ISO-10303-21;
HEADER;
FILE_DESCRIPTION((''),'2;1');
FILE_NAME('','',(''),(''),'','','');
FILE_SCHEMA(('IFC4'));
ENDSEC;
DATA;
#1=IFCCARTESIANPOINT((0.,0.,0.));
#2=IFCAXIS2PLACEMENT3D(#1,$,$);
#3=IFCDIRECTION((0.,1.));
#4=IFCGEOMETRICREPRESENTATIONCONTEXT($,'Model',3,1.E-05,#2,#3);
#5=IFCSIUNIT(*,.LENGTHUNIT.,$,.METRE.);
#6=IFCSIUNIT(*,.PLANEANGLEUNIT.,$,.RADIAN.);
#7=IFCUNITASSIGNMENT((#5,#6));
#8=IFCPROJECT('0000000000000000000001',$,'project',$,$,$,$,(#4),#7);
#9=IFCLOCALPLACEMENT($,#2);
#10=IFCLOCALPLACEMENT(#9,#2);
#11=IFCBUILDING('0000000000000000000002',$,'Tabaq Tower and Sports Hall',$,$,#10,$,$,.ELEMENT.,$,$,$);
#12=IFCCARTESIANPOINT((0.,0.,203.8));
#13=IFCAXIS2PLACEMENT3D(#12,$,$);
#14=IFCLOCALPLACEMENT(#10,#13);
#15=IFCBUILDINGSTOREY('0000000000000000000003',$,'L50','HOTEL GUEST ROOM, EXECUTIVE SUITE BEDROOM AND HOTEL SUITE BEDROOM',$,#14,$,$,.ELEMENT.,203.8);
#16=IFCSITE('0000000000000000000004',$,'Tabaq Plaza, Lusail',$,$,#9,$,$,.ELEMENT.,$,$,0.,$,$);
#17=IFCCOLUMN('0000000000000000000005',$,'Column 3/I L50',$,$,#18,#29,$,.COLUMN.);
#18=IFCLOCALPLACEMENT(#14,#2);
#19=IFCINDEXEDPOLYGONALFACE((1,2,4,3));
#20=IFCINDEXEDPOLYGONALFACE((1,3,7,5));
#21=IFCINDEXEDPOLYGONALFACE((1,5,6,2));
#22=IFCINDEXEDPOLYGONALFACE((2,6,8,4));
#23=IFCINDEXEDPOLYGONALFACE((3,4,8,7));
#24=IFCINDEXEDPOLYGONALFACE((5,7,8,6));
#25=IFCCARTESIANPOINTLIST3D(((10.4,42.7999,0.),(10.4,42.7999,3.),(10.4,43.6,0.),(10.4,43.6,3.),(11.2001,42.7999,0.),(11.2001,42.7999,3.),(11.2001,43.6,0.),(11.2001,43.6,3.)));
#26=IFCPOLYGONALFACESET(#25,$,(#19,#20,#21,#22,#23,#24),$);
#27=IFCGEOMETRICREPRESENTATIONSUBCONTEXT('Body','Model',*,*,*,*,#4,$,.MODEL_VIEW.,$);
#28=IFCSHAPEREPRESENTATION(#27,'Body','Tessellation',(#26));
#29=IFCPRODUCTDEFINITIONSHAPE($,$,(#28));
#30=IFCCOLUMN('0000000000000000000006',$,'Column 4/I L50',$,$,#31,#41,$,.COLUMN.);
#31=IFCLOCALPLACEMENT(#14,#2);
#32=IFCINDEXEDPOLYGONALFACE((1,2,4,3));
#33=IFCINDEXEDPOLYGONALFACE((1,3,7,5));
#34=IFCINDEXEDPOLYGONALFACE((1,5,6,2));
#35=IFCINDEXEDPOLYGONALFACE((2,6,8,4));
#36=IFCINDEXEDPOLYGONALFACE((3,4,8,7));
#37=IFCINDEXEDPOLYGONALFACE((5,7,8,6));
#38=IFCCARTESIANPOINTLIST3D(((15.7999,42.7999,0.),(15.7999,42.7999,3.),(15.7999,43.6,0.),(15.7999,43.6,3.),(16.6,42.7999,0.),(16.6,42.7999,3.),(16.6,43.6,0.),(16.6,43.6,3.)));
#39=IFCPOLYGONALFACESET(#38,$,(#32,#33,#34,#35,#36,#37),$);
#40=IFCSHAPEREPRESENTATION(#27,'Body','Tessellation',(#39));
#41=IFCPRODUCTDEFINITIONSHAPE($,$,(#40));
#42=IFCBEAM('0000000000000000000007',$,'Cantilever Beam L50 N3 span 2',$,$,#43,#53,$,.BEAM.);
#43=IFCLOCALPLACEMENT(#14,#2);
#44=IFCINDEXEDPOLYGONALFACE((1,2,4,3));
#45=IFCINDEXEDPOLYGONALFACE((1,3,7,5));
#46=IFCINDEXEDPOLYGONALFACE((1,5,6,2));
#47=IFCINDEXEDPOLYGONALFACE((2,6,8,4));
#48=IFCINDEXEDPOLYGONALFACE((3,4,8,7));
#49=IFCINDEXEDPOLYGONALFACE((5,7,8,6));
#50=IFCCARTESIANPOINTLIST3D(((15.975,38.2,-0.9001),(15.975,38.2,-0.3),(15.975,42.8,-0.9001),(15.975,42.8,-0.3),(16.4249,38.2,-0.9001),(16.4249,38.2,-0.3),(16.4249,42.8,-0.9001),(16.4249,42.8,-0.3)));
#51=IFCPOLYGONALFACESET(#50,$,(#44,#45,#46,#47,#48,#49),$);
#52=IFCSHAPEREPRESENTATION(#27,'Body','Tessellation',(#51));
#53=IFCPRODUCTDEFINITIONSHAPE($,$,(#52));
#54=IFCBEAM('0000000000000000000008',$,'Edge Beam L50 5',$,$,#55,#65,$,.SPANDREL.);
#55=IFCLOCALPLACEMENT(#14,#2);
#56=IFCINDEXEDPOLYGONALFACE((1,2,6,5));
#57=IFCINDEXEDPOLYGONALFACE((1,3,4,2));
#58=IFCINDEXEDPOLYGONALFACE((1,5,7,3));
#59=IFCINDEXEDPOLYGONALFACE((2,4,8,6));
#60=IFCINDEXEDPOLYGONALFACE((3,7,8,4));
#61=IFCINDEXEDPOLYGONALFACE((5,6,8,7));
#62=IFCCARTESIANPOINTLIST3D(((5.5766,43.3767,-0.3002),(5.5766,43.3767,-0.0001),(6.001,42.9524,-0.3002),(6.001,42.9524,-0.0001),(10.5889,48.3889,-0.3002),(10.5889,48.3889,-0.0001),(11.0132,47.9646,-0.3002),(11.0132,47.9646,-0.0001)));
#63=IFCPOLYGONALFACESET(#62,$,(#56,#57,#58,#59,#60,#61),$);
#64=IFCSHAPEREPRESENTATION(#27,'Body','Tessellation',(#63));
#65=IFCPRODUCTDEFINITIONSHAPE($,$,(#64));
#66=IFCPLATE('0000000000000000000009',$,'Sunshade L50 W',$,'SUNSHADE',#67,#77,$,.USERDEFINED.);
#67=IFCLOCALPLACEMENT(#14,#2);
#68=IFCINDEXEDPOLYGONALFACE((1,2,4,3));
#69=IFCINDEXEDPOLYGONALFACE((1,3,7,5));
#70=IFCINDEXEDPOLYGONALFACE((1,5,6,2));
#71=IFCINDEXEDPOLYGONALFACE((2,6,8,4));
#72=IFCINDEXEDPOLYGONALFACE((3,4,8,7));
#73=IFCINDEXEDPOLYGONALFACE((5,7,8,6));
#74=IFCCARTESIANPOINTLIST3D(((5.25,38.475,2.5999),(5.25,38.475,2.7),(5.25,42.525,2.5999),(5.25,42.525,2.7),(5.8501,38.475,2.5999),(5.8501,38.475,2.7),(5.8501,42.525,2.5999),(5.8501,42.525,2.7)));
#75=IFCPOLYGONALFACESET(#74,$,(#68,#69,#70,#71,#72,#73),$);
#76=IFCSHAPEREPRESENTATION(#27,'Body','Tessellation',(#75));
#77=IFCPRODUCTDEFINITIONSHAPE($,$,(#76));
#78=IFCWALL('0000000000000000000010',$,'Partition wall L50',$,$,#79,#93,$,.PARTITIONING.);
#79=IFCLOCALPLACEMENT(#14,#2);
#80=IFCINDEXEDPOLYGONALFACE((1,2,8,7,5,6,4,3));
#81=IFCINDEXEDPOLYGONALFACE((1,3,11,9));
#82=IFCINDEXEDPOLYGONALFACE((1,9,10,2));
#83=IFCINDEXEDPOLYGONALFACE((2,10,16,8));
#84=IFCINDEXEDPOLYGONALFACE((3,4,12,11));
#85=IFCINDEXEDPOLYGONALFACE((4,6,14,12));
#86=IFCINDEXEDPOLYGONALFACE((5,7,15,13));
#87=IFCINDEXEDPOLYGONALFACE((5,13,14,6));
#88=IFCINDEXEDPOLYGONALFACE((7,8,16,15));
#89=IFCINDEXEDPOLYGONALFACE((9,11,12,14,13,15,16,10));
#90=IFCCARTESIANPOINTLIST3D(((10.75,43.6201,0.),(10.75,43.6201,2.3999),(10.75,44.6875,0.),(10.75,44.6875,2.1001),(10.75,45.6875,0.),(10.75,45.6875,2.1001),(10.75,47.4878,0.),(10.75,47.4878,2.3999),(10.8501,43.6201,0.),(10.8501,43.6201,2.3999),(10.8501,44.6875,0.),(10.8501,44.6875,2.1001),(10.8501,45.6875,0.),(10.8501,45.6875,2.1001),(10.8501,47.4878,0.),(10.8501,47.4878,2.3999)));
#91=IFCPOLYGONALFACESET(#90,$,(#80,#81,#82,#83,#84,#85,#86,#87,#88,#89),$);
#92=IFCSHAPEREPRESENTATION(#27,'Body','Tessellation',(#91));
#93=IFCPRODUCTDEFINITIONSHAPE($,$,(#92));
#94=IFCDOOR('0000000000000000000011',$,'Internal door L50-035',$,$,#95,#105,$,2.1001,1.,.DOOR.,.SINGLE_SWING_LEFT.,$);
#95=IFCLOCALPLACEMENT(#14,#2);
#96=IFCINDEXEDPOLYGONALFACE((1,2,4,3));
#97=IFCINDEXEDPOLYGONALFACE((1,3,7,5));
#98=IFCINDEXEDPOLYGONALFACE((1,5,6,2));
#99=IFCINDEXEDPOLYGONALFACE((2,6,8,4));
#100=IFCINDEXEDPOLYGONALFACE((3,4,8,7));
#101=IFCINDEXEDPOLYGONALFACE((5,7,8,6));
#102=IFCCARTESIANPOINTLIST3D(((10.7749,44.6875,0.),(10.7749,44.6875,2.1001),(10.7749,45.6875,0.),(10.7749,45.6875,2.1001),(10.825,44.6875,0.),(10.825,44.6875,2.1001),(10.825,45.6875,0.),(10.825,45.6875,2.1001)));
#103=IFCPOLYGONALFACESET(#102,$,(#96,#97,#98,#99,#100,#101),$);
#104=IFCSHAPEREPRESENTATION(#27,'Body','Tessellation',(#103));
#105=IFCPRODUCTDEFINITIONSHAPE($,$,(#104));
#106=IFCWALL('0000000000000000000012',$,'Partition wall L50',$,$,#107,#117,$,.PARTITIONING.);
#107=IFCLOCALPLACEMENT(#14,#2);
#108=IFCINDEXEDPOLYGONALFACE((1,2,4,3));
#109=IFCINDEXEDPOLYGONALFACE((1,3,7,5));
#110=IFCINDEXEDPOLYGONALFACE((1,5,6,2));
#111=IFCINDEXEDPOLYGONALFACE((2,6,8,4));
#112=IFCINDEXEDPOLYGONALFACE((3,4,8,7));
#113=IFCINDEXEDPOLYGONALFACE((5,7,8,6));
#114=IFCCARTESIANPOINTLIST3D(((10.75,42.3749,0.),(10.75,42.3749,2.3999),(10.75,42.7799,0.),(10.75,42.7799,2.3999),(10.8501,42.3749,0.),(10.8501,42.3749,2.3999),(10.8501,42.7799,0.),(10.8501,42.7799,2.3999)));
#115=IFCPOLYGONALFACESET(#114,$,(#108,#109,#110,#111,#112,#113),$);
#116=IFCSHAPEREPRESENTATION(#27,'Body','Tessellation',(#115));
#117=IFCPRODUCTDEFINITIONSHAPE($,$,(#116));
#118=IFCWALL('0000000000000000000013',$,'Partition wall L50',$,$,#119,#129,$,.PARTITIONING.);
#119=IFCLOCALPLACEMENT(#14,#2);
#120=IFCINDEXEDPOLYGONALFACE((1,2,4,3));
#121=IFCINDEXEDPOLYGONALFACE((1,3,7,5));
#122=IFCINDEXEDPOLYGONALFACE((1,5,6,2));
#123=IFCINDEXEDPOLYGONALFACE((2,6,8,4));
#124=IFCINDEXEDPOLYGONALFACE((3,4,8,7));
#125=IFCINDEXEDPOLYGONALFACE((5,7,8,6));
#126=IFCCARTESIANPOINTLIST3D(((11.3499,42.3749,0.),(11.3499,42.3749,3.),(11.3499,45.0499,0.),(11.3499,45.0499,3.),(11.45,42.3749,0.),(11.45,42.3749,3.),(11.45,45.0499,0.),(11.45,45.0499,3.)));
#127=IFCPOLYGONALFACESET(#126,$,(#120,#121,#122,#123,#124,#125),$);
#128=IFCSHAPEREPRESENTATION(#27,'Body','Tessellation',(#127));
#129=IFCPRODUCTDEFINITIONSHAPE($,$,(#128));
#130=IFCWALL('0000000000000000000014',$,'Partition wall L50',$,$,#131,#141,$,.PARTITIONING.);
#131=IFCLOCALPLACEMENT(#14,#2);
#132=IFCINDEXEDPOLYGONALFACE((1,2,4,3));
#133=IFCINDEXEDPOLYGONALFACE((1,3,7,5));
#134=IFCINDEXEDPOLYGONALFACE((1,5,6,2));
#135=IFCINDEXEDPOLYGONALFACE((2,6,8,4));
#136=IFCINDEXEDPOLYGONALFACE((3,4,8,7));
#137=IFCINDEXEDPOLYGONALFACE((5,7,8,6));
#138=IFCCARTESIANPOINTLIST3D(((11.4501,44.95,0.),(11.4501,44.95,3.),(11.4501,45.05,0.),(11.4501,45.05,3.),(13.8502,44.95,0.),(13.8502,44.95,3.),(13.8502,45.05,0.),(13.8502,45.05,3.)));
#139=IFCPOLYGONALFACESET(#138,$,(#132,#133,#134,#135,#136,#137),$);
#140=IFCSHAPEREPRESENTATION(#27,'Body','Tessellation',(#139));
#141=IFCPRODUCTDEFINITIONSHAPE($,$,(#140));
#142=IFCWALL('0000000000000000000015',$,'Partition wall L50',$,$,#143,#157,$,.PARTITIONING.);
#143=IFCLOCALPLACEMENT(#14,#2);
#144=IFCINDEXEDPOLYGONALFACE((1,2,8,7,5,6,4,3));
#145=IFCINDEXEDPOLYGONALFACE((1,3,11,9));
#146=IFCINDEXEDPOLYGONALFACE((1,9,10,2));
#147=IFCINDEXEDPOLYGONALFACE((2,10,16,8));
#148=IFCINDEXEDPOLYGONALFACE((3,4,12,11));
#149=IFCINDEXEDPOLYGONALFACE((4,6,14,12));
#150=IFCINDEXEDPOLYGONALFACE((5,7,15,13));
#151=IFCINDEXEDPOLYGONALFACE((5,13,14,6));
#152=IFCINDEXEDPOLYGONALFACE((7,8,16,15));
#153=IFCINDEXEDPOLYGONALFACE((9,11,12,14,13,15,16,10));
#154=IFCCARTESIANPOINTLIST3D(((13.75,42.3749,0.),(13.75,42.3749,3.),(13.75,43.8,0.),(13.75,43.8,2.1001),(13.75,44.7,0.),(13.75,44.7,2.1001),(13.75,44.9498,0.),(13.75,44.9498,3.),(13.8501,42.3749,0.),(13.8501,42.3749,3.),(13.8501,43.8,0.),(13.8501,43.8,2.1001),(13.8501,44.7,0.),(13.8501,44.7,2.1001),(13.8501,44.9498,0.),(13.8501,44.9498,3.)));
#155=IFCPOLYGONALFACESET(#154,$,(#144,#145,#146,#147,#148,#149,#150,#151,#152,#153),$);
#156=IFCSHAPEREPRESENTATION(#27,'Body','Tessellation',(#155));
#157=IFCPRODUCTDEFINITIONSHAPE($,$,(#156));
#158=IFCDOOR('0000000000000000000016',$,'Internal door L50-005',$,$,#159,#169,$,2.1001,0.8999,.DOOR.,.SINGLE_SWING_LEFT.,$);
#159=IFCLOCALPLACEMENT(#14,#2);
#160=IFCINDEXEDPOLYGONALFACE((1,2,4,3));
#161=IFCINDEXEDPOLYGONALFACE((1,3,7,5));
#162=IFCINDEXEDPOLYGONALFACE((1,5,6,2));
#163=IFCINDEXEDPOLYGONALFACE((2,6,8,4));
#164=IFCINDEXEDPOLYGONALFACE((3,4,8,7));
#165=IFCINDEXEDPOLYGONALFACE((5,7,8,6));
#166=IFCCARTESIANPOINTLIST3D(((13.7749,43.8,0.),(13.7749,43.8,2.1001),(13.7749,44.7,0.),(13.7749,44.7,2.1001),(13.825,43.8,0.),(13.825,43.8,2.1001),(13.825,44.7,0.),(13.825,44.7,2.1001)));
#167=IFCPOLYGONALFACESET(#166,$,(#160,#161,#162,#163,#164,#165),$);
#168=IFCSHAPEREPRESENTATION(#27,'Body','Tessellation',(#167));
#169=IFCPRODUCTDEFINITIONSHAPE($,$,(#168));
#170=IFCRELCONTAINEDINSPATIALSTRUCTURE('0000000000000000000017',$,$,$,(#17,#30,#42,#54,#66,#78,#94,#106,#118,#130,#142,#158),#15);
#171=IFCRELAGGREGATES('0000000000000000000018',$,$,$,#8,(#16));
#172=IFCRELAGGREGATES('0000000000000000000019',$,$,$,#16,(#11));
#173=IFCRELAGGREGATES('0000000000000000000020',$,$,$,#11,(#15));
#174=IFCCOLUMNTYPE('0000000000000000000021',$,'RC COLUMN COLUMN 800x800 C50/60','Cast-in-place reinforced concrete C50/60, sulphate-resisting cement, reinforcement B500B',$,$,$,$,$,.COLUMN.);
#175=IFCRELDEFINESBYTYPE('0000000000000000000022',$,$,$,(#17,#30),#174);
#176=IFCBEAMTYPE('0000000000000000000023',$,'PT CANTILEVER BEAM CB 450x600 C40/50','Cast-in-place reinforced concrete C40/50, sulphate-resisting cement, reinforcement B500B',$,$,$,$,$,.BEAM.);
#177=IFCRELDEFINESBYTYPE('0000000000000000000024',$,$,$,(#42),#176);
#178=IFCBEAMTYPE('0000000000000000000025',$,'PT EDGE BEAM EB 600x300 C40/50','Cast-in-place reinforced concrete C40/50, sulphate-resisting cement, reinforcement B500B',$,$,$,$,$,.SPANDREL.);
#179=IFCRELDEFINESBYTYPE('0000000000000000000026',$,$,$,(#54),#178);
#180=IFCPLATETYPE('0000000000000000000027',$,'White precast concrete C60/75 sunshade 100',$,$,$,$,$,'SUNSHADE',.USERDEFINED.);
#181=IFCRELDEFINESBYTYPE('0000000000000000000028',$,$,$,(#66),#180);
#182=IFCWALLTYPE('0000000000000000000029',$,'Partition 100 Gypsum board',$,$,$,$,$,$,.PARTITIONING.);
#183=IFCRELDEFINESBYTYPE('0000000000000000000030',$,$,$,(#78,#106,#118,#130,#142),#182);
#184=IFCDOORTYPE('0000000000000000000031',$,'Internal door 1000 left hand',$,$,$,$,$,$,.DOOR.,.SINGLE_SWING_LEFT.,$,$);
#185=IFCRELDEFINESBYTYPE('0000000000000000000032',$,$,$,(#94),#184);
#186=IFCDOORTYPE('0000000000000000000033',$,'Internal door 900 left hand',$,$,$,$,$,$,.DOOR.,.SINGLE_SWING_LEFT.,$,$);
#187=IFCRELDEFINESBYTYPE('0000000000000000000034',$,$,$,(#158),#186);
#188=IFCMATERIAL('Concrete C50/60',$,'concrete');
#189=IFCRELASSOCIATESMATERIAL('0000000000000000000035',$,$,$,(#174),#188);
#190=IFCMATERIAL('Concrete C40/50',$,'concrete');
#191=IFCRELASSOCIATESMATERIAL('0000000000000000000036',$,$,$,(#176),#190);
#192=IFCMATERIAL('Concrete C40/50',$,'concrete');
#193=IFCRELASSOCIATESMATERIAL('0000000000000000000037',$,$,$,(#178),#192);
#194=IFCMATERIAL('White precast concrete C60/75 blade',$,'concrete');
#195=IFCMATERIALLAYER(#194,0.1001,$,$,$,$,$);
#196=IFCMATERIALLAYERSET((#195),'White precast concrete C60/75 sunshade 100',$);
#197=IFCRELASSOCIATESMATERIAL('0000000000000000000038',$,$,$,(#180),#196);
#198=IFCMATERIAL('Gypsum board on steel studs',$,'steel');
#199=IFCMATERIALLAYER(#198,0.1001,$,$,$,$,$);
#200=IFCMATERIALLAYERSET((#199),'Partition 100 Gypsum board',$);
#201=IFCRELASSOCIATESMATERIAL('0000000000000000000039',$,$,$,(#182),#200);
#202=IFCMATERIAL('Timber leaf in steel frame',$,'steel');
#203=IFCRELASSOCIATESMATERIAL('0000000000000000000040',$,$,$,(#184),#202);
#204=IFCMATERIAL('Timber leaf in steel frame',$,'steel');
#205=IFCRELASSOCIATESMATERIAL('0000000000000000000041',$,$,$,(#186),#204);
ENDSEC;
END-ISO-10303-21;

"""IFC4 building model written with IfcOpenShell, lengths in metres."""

from ifc_helpers import new_model, si_unit, direction, frame, frame_2d, origin, origin_2d, place, context, subcontext, project, spatial, rectangle, extrude, material, layer, layer_set, material_profile, profile_set, type_object, element, fill, save


model = new_model("IFC4")

# Units and contexts
model_context = context("Model", 3, precision=1e-05, world=origin(), true_north=direction((0.0, 1.0)))
body_context = subcontext(model_context, "Body", "Model", "MODEL_VIEW")
ifc_project = project(units=[si_unit("LENGTHUNIT", "METRE"), si_unit("PLANEANGLEUNIT", "RADIAN")], contexts=[model_context])

# Site, building, storey
site_placement = place(None, origin())
site = spatial("IfcSite", under=ifc_project, at=site_placement, Name="Tabaq Plaza, Lusail", CompositionType="ELEMENT", RefElevation=0.0)
building_placement = place(site_placement, origin())
building = spatial("IfcBuilding", under=site, at=building_placement, Name="Tabaq Tower and Sports Hall", CompositionType="ELEMENT")
storey_placement = place(building_placement, frame((0.0, 0.0, 203.8)))
storey = spatial("IfcBuildingStorey", under=building, at=storey_placement, Name="L50", Description="HOTEL GUEST ROOM, EXECUTIVE SUITE BEDROOM AND HOTEL SUITE BEDROOM", CompositionType="ELEMENT", Elevation=203.8)

# Columns
ifc_material_1 = material(Name="Concrete C50/60", Category="concrete")
ifc_material_profile_1 = material_profile(ifc_material_1, rectangle(XDim=0.8, YDim=0.8, at=origin_2d()), Name="COLUMN 800x800")
ifc_profile_set_1 = profile_set([ifc_material_profile_1], Name="Concrete C50/60")
column_type = type_object("IfcColumnType", Name="RC COLUMN COLUMN 800x800 C50/60", Description="Cast-in-place reinforced concrete C50/60, sulphate-resisting cement, reinforcement B500B", PredefinedType="COLUMN", material=ifc_profile_set_1)
for number, where, z_axis, x_axis, name in (
    (1, (10.8, 43.2, 0.0), (0.0, 0.0, 1.0), (1.0, 0.0, 0.0), "Column 3/I L50"),
    (2, (16.2, 43.2, 0.0), (0.0, 0.0, 1.0), (1.0, 0.0, 0.0), "Column 4/I L50"),
):
    element("IfcColumn", number, at=place(storey_placement, frame(where, z_axis=z_axis, x_axis=x_axis)), inside=storey, type_object=column_type, Name=name, PredefinedType="COLUMN", context=body_context, shape_type="SweptSolid", body=[
        extrude(rectangle(XDim=0.8, YDim=0.8, at=origin_2d()), origin(), (0.0, 0.0, 1.0), 3.0),
    ])

# Beams
ifc_material_2 = material(Name="Concrete C40/50", Category="concrete")
ifc_material_profile_2 = material_profile(ifc_material_2, rectangle(XDim=0.45, YDim=0.6001, at=origin_2d()), Name="CB 450x600")
ifc_profile_set_2 = profile_set([ifc_material_profile_2], Name="Concrete C40/50")
beam_type_1 = type_object("IfcBeamType", Name="PT CANTILEVER BEAM CB 450x600 C40/50", Description="Cast-in-place reinforced concrete C40/50, sulphate-resisting cement, reinforcement B500B", PredefinedType="BEAM", material=ifc_profile_set_2)
beam_1_placement = place(storey_placement, frame((16.2, 42.8, -0.6001), z_axis=(0.0, -1.0, 0.0), x_axis=(1.0, 0.0, 0.0)))
element("IfcBeam", 3, at=beam_1_placement, inside=storey, type_object=beam_type_1, Name="Cantilever Beam L50 N3 span 2", PredefinedType="BEAM", context=body_context, shape_type="SweptSolid", body=[
    extrude(rectangle(XDim=0.45, YDim=0.6001, at=origin_2d()), origin(), (0.0, 0.0, 1.0), 4.6001),
])
ifc_material_3 = material(Name="Concrete C40/50", Category="concrete")
ifc_material_profile_3 = material_profile(ifc_material_3, rectangle(XDim=0.6001, YDim=0.3, at=origin_2d()), Name="EB 600x300")
ifc_profile_set_3 = profile_set([ifc_material_profile_3], Name="Concrete C40/50")
beam_type_2 = type_object("IfcBeamType", Name="PT EDGE BEAM EB 600x300 C40/50", Description="Cast-in-place reinforced concrete C40/50, sulphate-resisting cement, reinforcement B500B", PredefinedType="SPANDREL", material=ifc_profile_set_3)
beam_2_placement = place(storey_placement, frame((10.801, 48.1768, -0.1501), z_axis=(-0.707107, -0.707107, 0.0), x_axis=(0.707107, -0.707107, 0.0)))
element("IfcBeam", 4, at=beam_2_placement, inside=storey, type_object=beam_type_2, Name="Edge Beam L50 5", PredefinedType="SPANDREL", context=body_context, shape_type="SweptSolid", body=[
    extrude(rectangle(XDim=0.6001, YDim=0.3, at=origin_2d()), origin(), (0.0, 0.0, 1.0), 7.0884),
])

# Plate
ifc_material_4 = material(Name="White precast concrete C60/75 blade", Category="concrete")
ifc_layer_1 = layer(ifc_material_4, 0.1001)
ifc_layer_set_1 = layer_set([ifc_layer_1], Name="White precast concrete C60/75 sunshade 100")
plate_type = type_object("IfcPlateType", Name="White precast concrete C60/75 sunshade 100", ElementType="SUNSHADE", PredefinedType="USERDEFINED", material=ifc_layer_set_1)
plate_placement = place(storey_placement, frame((5.55, 40.5, 2.5999), z_axis=(0.0, 0.0, 1.0), x_axis=(0.0, -1.0, 0.0)))
element("IfcPlate", 5, at=plate_placement, inside=storey, type_object=plate_type, Name="Sunshade L50 W", ObjectType="SUNSHADE", PredefinedType="USERDEFINED", context=body_context, shape_type="SweptSolid", body=[
    extrude(rectangle(XDim=4.05, YDim=0.6001, at=origin_2d()), origin(), (0.0, 0.0, 1.0), 0.1001),
])

# Wall, opening, door
ifc_material_5 = material(Name="Gypsum board on steel studs", Category="steel")
ifc_layer_2 = layer(ifc_material_5, 0.1001)
ifc_layer_set_2 = layer_set([ifc_layer_2], Name="Partition 100 Gypsum board")
wall_type_1 = type_object("IfcWallType", Name="Partition 100 Gypsum board", PredefinedType="PARTITIONING", material=ifc_layer_set_2)
wall_1_placement = place(storey_placement, frame((10.8, 47.4878, 0.0), z_axis=(0.0, 0.0, 1.0), x_axis=(0.0, -1.0, 0.0)))
wall_1 = element("IfcWall", 6, at=wall_1_placement, inside=storey, type_object=wall_type_1, Name="Partition wall L50", PredefinedType="PARTITIONING", context=body_context, shape_type="SweptSolid", body=[
    extrude(rectangle(XDim=3.8677, YDim=0.1001, at=frame_2d((1.9338, 0.0))), origin(), (0.0, 0.0, 1.0), 2.3999),
])
opening_1_placement = place(wall_1_placement, frame((1.8003, 0.0, 0.0)))
opening_1 = element("IfcOpeningElement", 7, at=opening_1_placement, cuts=wall_1, PredefinedType="OPENING", context=body_context, shape_type="SweptSolid", body=[
    extrude(rectangle(XDim=1.0, YDim=2.1001, at=frame_2d((0.5, 1.05))), frame((0.0, 0.05, 0.0), z_axis=(0.0, -1.0, 0.0), x_axis=(1.0, 0.0, 0.0)), (0.0, 0.0, 1.0), 0.1001),
])
ifc_material_6 = material(Name="Timber leaf in steel frame", Category="steel")
door_type_1 = type_object("IfcDoorType", Name="Internal door 1000 left hand", OperationType="SINGLE_SWING_LEFT", PredefinedType="DOOR", material=ifc_material_6)
door_1_placement = place(opening_1_placement, origin())
door_1 = element("IfcDoor", 8, at=door_1_placement, inside=storey, type_object=door_type_1, Name="Internal door L50-035", OperationType="SINGLE_SWING_LEFT", OverallHeight=2.1001, OverallWidth=1.0, PredefinedType="DOOR", context=body_context, shape_type="SweptSolid", body=[
    extrude(rectangle(XDim=1.0, YDim=2.1001, at=frame_2d((0.5, 1.05))), frame((0.0, 0.0249, 0.0), z_axis=(0.0, -1.0, 0.0), x_axis=(1.0, 0.0, 0.0)), (0.0, 0.0, 1.0), 0.05),
])
fill(opening_1, door_1)

# Walls
wall_2_placement = place(storey_placement, frame((10.8, 42.78, 0.0), z_axis=(0.0, 0.0, 1.0), x_axis=(0.0, -1.0, 0.0)))
element("IfcWall", 9, at=wall_2_placement, inside=storey, type_object=wall_type_1, Name="Partition wall L50", PredefinedType="PARTITIONING", context=body_context, shape_type="SweptSolid", body=[
    extrude(rectangle(XDim=0.405, YDim=0.1001, at=frame_2d((0.2026, 0.0))), origin(), (0.0, 0.0, 1.0), 2.3999),
])
wall_3_placement = place(storey_placement, frame((11.3999, 42.375, 0.0), z_axis=(0.0, 0.0, 1.0), x_axis=(0.0, 1.0, 0.0)))
element("IfcWall", 10, at=wall_3_placement, inside=storey, type_object=wall_type_1, Name="Partition wall L50", PredefinedType="PARTITIONING", context=body_context, shape_type="SweptSolid", body=[
    extrude(rectangle(XDim=2.675, YDim=0.1001, at=frame_2d((1.3374, 0.0))), origin(), (0.0, 0.0, 1.0), 3.0),
])
wall_4_placement = place(storey_placement, frame((11.45, 45.0, 0.0), z_axis=(0.0, 0.0, 1.0), x_axis=(1.0, 0.0, 0.0)))
element("IfcWall", 11, at=wall_4_placement, inside=storey, type_object=wall_type_1, Name="Partition wall L50", PredefinedType="PARTITIONING", context=body_context, shape_type="SweptSolid", body=[
    extrude(rectangle(XDim=2.4001, YDim=0.1001, at=frame_2d((1.2002, 0.0))), origin(), (0.0, 0.0, 1.0), 3.0),
])

# Wall, opening, door
wall_5_placement = place(storey_placement, frame((13.8, 44.95, 0.0), z_axis=(0.0, 0.0, 1.0), x_axis=(0.0, -1.0, 0.0)))
wall_5 = element("IfcWall", 12, at=wall_5_placement, inside=storey, type_object=wall_type_1, Name="Partition wall L50", PredefinedType="PARTITIONING", context=body_context, shape_type="SweptSolid", body=[
    extrude(rectangle(XDim=2.575, YDim=0.1001, at=frame_2d((1.2876, 0.0))), origin(), (0.0, 0.0, 1.0), 3.0),
])
opening_2_placement = place(wall_5_placement, frame((0.25, 0.0, 0.0)))
opening_2 = element("IfcOpeningElement", 13, at=opening_2_placement, cuts=wall_5, PredefinedType="OPENING", context=body_context, shape_type="SweptSolid", body=[
    extrude(rectangle(XDim=0.8999, YDim=2.1001, at=frame_2d((0.45, 1.05))), frame((0.0, 0.05, 0.0), z_axis=(0.0, -1.0, 0.0), x_axis=(1.0, 0.0, 0.0)), (0.0, 0.0, 1.0), 0.1001),
])
ifc_material_7 = material(Name="Timber leaf in steel frame", Category="steel")
door_type_2 = type_object("IfcDoorType", Name="Internal door 900 left hand", OperationType="SINGLE_SWING_LEFT", PredefinedType="DOOR", material=ifc_material_7)
door_2_placement = place(opening_2_placement, origin())
door_2 = element("IfcDoor", 14, at=door_2_placement, inside=storey, type_object=door_type_2, Name="Internal door L50-005", OperationType="SINGLE_SWING_LEFT", OverallHeight=2.1001, OverallWidth=0.8999, PredefinedType="DOOR", context=body_context, shape_type="SweptSolid", body=[
    extrude(rectangle(XDim=0.8999, YDim=2.1001, at=frame_2d((0.45, 1.05))), frame((0.0, 0.0249, 0.0), z_axis=(0.0, -1.0, 0.0), x_axis=(1.0, 0.0, 0.0)), (0.0, 0.0, 1.0), 0.05),
])
fill(opening_2, door_2)

save(model, "model.ifc")
